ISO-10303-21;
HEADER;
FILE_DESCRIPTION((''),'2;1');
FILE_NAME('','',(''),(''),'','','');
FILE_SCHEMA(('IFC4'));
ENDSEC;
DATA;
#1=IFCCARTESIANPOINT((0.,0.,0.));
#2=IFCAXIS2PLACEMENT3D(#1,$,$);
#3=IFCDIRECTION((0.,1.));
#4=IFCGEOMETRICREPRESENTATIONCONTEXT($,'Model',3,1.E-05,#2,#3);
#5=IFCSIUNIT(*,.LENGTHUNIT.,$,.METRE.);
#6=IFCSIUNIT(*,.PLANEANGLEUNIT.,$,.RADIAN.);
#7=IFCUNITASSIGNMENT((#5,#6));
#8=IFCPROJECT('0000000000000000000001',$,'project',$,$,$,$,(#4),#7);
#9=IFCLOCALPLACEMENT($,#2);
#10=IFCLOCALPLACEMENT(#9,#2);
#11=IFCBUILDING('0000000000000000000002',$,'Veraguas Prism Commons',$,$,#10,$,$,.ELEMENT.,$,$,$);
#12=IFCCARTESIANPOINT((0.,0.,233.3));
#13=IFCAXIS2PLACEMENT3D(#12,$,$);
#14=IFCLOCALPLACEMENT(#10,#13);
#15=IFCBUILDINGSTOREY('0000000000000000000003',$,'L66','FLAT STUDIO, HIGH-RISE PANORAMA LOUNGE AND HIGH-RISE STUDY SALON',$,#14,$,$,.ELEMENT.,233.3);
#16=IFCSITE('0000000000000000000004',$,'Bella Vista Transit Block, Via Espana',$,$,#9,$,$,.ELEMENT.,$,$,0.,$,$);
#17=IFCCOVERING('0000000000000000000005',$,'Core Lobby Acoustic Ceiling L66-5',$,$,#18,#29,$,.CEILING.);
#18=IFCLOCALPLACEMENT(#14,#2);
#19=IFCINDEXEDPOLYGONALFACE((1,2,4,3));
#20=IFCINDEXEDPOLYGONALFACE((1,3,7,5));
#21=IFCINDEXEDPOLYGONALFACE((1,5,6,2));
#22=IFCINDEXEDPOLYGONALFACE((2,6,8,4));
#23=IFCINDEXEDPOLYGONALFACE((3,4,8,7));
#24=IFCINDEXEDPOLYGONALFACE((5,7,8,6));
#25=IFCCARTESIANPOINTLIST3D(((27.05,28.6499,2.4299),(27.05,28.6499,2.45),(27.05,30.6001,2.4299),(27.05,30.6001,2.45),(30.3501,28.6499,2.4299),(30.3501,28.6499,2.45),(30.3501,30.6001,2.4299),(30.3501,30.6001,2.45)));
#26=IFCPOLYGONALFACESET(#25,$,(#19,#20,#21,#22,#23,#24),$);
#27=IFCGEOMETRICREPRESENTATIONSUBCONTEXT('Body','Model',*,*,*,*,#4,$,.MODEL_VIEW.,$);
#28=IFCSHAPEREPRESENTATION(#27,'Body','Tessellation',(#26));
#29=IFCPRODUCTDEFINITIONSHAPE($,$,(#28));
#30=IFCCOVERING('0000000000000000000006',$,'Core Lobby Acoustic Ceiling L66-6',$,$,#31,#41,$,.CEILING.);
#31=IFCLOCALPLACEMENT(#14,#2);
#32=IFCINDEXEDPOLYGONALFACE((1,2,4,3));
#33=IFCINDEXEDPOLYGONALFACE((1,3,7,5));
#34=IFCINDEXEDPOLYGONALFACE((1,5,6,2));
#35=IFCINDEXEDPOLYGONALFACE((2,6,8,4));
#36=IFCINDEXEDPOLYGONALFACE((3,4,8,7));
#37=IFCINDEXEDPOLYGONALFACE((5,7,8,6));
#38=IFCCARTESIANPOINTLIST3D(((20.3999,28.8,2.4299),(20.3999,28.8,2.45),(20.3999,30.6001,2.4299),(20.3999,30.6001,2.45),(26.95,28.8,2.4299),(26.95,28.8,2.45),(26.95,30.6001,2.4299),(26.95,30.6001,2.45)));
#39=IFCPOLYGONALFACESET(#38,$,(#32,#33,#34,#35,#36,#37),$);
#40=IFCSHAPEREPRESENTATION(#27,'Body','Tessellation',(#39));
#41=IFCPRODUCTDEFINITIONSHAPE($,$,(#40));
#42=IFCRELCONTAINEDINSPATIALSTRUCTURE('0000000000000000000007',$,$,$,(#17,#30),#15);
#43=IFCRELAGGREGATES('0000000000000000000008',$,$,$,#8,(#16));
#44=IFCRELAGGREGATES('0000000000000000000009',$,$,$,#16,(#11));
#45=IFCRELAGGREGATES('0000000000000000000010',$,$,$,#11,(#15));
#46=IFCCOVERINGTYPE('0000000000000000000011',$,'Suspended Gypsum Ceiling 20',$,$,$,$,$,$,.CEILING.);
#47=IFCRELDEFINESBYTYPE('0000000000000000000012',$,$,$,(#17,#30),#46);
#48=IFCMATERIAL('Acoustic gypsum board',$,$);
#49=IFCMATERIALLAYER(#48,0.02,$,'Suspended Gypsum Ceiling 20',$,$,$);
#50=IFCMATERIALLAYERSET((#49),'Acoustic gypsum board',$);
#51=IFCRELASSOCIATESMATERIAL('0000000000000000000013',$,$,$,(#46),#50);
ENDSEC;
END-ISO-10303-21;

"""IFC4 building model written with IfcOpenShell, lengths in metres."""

from ifc_helpers import new_model, si_unit, direction, frame, origin, place, context, subcontext, project, spatial, polyline, outline, extrude, material, layer, layer_set, type_object, element, save


model = new_model("IFC4")

# Units and contexts
model_context = context("Model", 3, precision=1e-05, world=origin(), true_north=direction((0.0, 1.0)))
body_context = subcontext(model_context, "Body", "Model", "MODEL_VIEW")
ifc_project = project(units=[si_unit("LENGTHUNIT", "METRE"), si_unit("PLANEANGLEUNIT", "RADIAN")], contexts=[model_context])

# Site, building, storey
site_placement = place(None, origin())
site = spatial("IfcSite", under=ifc_project, at=site_placement, Name="Bella Vista Transit Block, Via Espana", CompositionType="ELEMENT", RefElevation=0.0)
building_placement = place(site_placement, origin())
building = spatial("IfcBuilding", under=site, at=building_placement, Name="Veraguas Prism Commons", CompositionType="ELEMENT")
storey_placement = place(building_placement, frame((0.0, 0.0, 233.3)))
storey = spatial("IfcBuildingStorey", under=building, at=storey_placement, Name="L66", Description="FLAT STUDIO, HIGH-RISE PANORAMA LOUNGE AND HIGH-RISE STUDY SALON", CompositionType="ELEMENT", Elevation=233.3)

# Coverings
ifc_material_1 = material(Name="Acoustic gypsum board")
ifc_layer_1 = layer(ifc_material_1, 0.02, Name="Suspended Gypsum Ceiling 20")
ifc_layer_set_1 = layer_set([ifc_layer_1], Name="Acoustic gypsum board")
covering_type_1 = type_object("IfcCoveringType", Name="Suspended Gypsum Ceiling 20", PredefinedType="CEILING", material=ifc_layer_set_1)
covering_1_placement = place(storey_placement, frame((0.0, 0.0, 2.4299)))
element("IfcCovering", 1, at=covering_1_placement, inside=storey, type_object=covering_type_1, Name="Core Lobby Acoustic Ceiling L66-5", PredefinedType="CEILING", context=body_context, shape_type="SweptSolid", body=[
    extrude(outline(polyline([(27.05, 28.6499), (30.3501, 28.6499), (30.3501, 30.6001), (27.05, 30.6001), (27.05, 28.6499)])), origin(), (0.0, 0.0, 1.0), 0.02),
])
covering_2_placement = place(storey_placement, frame((0.0, 0.0, 2.4299)))
element("IfcCovering", 2, at=covering_2_placement, inside=storey, type_object=covering_type_1, Name="Core Lobby Acoustic Ceiling L66-6", PredefinedType="CEILING", context=body_context, shape_type="SweptSolid", body=[
    extrude(outline(polyline([(20.3999, 28.8), (26.95, 28.8), (26.95, 30.6001), (20.3999, 30.6001), (20.3999, 28.8)])), origin(), (0.0, 0.0, 1.0), 0.02),
])

save(model, "model.ifc")
